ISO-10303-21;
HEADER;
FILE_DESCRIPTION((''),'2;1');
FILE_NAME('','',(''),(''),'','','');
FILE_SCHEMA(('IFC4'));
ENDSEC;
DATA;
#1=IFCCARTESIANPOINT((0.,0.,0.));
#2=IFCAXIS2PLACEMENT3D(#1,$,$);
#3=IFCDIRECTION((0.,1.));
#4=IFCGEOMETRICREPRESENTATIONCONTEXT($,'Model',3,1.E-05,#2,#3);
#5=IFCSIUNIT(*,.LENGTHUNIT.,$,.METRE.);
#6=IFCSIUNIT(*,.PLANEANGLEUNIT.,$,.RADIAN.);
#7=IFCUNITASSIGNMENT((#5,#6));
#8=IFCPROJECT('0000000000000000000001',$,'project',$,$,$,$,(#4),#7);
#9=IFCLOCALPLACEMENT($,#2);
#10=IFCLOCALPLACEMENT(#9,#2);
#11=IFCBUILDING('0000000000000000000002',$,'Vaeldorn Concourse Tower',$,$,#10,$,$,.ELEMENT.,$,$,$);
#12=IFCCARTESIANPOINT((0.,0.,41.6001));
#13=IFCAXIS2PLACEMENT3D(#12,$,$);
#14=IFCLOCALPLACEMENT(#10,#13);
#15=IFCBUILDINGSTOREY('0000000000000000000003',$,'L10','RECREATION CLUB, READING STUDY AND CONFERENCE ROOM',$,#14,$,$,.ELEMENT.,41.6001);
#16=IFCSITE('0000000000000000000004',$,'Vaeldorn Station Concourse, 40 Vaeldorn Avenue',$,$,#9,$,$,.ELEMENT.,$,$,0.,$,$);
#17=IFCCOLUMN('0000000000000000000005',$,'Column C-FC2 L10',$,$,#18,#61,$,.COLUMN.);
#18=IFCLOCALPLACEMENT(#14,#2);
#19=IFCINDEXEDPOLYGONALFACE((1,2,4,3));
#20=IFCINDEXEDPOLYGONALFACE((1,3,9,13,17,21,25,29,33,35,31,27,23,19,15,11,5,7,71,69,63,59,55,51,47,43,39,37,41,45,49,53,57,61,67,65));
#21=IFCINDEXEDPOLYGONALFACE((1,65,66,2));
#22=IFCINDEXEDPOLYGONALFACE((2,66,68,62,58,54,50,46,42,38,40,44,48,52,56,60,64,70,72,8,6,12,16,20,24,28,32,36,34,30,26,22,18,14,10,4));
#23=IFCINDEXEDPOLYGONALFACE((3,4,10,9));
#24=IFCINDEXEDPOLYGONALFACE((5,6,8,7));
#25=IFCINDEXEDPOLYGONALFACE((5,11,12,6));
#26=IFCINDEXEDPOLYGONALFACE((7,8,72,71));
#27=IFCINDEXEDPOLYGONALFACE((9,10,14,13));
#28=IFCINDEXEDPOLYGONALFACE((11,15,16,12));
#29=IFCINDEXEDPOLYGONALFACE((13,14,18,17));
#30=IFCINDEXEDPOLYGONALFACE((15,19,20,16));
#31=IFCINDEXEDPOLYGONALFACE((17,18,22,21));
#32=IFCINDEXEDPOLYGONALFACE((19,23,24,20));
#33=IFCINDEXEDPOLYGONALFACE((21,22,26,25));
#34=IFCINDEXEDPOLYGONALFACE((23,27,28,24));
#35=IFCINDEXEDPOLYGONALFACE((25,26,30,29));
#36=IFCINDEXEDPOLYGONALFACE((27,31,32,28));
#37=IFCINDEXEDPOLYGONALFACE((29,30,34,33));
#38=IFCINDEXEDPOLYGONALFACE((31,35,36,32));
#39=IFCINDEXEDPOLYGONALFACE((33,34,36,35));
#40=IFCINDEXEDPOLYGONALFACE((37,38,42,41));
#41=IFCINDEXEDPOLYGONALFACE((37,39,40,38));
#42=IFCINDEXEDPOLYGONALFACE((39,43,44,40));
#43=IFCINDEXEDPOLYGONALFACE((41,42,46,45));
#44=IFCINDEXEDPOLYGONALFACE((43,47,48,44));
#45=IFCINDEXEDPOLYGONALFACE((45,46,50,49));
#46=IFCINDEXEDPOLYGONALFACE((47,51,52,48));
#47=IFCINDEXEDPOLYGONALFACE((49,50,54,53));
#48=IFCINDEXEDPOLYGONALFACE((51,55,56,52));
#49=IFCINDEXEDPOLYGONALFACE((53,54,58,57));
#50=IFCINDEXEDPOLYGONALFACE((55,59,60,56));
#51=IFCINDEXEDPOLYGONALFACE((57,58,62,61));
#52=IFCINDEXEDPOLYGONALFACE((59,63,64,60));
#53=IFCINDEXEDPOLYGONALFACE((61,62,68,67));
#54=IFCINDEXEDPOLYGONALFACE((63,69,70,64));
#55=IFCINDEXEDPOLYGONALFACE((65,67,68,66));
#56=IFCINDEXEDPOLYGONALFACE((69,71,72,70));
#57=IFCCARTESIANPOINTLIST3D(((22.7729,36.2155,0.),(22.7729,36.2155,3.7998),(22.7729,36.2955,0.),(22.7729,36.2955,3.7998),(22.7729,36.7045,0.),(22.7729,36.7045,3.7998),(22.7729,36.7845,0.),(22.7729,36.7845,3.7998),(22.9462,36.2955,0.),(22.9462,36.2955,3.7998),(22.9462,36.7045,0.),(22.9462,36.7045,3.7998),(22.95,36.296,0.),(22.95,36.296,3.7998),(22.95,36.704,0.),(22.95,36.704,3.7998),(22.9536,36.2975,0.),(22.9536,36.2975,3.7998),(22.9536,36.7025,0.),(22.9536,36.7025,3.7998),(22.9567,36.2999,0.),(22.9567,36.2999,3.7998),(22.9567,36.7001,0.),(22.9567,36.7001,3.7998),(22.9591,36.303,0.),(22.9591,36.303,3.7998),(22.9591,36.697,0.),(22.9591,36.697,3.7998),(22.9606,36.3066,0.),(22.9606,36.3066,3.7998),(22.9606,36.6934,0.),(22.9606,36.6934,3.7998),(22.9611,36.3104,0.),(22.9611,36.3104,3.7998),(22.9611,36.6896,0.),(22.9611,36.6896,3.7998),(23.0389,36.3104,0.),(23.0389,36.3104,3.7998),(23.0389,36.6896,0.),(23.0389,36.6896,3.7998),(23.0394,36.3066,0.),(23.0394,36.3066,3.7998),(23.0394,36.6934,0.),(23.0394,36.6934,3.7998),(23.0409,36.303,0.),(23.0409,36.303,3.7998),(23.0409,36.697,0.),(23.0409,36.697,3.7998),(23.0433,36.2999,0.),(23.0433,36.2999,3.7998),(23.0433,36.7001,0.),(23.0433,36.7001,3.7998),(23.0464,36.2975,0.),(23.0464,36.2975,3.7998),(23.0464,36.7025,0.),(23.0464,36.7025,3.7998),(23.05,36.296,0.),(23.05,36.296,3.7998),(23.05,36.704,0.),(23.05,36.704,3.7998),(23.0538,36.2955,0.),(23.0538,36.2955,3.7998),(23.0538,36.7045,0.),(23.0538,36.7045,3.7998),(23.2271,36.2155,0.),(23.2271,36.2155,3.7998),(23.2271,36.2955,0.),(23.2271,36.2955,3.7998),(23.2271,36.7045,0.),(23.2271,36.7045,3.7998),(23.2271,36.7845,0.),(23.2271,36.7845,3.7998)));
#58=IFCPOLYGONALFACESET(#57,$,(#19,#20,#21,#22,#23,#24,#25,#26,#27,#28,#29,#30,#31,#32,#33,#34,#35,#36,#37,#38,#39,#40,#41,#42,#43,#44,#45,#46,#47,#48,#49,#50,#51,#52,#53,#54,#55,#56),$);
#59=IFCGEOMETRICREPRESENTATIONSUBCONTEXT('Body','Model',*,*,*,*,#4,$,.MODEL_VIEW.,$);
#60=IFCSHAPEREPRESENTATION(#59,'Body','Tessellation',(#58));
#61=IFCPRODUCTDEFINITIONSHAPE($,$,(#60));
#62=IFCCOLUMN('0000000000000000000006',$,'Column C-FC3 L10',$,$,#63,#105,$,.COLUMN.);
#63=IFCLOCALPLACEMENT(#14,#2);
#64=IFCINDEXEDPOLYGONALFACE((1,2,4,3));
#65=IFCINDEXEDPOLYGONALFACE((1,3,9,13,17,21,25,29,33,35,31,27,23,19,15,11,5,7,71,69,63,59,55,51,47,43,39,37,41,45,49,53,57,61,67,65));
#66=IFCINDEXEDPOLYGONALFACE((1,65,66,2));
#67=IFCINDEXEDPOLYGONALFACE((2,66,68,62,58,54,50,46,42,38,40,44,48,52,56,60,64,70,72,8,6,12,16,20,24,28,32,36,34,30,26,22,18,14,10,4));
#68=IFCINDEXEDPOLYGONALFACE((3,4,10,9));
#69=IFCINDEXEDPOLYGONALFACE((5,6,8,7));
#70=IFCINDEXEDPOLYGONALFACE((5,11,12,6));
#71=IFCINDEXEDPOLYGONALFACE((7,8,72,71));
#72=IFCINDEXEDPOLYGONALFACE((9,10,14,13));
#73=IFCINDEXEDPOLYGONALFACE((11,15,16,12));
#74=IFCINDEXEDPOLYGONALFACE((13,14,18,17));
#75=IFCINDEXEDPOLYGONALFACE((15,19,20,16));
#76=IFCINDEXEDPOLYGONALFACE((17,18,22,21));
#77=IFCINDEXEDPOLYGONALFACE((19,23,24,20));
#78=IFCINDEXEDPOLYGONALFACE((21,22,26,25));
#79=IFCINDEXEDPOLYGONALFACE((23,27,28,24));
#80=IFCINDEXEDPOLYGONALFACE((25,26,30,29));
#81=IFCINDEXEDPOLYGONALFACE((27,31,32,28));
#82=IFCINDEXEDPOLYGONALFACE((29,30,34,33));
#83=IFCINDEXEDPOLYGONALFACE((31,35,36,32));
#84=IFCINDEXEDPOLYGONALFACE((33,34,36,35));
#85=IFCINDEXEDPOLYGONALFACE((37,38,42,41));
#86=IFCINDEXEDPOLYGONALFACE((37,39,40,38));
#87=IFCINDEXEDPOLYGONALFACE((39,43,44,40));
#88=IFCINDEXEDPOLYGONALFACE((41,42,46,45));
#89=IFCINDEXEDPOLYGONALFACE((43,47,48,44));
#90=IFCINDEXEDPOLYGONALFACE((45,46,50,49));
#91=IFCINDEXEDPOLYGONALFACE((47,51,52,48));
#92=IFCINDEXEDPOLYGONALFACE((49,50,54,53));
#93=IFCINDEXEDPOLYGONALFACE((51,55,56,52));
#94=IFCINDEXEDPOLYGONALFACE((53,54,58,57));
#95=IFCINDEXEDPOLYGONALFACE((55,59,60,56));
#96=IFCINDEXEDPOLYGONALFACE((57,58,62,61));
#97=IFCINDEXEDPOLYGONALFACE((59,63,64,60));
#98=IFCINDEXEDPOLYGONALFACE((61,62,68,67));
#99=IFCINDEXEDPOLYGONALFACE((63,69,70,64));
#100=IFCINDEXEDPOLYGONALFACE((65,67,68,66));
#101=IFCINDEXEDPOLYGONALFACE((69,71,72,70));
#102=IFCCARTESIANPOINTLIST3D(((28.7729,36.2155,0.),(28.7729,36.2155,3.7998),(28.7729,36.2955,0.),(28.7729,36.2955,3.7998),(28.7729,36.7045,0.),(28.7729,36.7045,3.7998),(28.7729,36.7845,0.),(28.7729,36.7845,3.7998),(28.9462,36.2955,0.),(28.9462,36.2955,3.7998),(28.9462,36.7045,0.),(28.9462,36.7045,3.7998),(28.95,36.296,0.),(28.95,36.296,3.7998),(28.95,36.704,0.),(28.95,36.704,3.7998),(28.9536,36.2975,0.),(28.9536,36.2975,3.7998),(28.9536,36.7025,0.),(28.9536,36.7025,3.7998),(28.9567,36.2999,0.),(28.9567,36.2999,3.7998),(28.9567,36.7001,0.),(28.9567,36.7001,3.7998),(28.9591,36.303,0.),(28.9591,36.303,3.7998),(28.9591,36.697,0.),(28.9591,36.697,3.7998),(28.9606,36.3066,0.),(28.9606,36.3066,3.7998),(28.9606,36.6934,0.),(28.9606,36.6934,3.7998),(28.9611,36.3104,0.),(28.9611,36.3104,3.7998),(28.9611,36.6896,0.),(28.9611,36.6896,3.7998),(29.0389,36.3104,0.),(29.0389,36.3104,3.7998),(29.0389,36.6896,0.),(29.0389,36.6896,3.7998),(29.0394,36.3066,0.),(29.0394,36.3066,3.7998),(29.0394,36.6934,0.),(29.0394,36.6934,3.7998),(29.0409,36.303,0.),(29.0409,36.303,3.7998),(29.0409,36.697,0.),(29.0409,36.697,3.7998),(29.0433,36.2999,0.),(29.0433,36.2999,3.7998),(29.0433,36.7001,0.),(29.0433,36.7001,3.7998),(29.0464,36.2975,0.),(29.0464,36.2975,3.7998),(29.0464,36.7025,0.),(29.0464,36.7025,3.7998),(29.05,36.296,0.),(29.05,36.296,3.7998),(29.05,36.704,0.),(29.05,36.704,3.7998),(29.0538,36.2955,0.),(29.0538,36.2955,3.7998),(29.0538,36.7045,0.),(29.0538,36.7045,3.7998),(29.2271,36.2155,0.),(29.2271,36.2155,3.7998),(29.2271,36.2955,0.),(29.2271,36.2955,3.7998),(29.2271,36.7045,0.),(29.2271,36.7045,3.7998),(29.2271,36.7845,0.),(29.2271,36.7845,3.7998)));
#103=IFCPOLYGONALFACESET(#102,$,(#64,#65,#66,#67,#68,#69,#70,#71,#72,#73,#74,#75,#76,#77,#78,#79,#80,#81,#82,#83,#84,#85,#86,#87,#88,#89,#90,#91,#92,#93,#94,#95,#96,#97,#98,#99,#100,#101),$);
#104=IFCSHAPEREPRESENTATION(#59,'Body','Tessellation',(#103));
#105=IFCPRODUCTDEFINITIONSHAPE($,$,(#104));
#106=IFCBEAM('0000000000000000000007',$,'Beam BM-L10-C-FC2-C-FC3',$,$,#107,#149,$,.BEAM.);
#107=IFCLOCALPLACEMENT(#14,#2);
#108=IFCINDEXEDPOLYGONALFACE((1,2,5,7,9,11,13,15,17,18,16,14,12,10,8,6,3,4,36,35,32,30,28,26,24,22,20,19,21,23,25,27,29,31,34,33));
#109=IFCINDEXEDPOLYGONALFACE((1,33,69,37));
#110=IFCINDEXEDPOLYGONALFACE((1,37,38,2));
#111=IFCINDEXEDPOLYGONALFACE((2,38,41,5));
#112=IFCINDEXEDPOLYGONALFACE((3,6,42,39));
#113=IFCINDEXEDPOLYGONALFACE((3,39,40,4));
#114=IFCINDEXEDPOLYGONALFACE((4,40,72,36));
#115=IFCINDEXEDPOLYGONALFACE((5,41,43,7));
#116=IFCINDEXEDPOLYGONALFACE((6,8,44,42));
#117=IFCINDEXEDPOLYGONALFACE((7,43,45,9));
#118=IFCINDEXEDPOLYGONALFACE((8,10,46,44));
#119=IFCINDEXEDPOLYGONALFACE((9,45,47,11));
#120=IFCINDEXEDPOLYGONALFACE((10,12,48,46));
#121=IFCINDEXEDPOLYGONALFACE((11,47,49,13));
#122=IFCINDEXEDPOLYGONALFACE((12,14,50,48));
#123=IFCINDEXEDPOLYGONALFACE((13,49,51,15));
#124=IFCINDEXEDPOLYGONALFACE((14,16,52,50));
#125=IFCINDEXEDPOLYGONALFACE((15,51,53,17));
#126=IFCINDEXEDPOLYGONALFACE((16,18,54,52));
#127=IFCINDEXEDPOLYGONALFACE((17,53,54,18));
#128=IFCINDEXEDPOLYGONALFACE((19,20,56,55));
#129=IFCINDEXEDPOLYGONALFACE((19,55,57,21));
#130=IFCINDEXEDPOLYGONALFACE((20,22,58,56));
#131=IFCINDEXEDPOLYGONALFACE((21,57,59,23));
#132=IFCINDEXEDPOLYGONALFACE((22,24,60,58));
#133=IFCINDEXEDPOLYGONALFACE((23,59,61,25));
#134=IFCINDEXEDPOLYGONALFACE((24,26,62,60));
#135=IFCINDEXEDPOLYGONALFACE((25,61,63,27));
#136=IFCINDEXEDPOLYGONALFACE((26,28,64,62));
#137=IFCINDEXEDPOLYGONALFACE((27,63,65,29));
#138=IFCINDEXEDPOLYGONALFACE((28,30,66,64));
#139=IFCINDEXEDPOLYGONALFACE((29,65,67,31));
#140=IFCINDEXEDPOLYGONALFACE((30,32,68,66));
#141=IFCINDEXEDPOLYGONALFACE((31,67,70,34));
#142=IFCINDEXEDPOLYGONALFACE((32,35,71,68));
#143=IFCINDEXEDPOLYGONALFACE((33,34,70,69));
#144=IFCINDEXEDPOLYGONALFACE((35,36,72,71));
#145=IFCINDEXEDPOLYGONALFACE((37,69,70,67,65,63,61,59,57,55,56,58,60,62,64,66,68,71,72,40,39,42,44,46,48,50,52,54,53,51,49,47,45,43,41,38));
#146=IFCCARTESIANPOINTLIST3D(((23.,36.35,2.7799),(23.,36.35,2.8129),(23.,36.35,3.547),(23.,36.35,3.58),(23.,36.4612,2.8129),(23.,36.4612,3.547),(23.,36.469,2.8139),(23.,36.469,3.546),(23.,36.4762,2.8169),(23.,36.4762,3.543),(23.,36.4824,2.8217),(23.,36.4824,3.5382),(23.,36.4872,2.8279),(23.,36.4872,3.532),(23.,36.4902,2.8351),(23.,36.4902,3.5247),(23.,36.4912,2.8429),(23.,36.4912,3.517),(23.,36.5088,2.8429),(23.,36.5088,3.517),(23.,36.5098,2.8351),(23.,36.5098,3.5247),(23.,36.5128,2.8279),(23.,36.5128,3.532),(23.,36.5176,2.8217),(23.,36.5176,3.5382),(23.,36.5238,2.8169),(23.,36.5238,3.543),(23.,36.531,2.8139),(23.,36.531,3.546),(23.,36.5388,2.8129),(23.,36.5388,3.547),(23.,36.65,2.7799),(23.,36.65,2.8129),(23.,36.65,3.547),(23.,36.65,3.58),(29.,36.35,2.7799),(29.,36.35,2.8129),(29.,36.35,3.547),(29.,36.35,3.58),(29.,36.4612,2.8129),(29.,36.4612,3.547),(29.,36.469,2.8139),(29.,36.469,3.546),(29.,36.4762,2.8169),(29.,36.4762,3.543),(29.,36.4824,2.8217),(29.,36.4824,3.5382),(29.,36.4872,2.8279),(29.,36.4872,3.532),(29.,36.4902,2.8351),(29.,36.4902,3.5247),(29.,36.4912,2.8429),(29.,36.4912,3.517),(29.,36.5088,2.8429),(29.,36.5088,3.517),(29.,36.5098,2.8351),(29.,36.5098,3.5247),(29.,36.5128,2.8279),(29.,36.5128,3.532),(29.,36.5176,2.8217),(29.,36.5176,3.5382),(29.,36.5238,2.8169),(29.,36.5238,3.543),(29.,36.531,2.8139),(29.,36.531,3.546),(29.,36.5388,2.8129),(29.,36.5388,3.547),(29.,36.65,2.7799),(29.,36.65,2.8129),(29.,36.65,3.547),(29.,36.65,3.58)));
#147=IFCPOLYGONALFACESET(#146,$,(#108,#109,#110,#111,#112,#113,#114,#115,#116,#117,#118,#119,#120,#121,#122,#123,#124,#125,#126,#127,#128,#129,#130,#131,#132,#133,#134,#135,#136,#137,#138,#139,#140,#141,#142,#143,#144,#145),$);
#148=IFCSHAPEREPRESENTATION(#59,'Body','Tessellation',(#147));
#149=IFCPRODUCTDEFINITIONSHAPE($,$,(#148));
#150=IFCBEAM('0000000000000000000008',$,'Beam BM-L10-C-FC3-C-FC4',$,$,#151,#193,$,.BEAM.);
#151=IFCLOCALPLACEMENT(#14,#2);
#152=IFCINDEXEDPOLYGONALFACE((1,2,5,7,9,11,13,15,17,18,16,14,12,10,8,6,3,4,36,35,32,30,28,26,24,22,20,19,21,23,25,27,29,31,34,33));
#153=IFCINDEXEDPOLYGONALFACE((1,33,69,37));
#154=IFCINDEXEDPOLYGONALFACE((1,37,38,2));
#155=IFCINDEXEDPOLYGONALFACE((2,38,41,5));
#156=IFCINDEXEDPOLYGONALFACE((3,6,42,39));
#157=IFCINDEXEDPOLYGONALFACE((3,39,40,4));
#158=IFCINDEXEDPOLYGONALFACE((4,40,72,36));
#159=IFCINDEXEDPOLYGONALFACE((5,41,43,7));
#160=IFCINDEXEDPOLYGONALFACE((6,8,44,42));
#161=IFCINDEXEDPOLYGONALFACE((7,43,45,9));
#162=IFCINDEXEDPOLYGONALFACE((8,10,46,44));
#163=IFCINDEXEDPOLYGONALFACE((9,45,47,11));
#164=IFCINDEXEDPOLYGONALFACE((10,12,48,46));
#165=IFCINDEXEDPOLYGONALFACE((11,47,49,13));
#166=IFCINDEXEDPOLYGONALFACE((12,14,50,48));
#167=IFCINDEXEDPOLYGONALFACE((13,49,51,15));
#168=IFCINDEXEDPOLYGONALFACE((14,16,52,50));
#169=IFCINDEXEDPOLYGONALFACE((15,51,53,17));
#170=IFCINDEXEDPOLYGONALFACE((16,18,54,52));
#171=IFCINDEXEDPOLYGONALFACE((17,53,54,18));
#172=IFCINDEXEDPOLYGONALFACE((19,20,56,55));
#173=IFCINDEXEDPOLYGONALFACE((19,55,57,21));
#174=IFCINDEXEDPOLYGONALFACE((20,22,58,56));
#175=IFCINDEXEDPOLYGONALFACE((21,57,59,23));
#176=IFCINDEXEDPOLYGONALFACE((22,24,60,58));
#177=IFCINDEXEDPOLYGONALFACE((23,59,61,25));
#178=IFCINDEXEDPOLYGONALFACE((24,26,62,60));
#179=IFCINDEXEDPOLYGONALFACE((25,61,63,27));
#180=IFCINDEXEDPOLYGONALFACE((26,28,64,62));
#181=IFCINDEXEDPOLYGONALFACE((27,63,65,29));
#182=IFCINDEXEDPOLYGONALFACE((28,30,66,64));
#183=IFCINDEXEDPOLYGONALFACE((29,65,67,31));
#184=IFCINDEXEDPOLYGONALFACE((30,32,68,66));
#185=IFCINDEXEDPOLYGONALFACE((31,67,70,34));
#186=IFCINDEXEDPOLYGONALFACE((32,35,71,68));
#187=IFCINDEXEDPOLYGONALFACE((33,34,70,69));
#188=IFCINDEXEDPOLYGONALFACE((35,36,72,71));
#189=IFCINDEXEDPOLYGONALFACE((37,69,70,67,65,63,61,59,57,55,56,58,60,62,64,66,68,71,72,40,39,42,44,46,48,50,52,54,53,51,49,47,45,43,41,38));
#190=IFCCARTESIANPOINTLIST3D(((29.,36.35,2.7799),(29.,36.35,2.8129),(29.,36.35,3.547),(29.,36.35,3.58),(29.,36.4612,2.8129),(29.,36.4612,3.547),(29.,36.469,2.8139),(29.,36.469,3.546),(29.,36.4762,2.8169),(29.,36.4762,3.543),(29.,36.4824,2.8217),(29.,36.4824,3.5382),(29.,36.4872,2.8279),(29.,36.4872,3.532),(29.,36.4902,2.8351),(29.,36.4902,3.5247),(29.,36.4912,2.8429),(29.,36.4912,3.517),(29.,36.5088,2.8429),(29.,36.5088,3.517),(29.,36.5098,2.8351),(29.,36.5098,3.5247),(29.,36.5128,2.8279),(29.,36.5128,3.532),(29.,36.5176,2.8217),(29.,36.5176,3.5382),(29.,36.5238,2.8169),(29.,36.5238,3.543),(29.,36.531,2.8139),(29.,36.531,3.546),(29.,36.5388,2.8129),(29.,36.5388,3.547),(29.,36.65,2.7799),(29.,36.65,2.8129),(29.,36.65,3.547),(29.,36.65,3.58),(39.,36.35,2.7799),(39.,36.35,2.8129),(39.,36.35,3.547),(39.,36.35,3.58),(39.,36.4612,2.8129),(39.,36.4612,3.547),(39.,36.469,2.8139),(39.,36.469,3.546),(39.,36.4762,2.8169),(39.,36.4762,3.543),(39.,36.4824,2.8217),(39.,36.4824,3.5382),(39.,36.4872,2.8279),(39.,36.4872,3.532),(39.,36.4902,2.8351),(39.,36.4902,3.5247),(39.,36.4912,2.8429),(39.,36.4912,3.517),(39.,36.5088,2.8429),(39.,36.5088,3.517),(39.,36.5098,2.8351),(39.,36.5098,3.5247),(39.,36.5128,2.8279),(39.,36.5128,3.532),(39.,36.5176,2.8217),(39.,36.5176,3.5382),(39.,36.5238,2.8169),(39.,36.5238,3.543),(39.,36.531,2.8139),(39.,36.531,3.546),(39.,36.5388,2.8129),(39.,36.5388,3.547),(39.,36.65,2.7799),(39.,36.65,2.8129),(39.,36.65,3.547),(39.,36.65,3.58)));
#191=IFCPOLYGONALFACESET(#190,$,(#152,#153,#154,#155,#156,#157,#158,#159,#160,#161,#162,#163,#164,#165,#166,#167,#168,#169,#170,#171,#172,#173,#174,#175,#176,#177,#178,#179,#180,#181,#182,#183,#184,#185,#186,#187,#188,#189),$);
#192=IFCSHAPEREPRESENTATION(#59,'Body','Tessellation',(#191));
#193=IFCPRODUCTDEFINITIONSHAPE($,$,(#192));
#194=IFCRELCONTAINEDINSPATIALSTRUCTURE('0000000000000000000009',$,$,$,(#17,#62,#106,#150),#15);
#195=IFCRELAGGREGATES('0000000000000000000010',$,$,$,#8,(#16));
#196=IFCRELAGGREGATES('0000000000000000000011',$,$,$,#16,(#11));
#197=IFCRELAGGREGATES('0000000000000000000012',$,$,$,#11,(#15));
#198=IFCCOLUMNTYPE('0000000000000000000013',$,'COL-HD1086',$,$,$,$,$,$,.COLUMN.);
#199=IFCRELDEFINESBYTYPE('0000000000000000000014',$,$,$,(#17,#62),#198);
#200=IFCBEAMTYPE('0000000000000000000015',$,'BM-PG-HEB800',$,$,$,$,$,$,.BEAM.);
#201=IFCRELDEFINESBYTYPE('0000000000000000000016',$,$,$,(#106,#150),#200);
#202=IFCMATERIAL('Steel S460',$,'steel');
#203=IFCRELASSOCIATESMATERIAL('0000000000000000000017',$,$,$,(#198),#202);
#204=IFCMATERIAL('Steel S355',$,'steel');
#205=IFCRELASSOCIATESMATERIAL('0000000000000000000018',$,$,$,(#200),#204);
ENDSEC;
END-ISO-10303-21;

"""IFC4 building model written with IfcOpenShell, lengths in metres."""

from ifc_helpers import new_model, si_unit, direction, frame, origin, origin_2d, place, context, subcontext, project, spatial, i_section, extrude, source, transform, mapped, material, material_profile, profile_set, type_object, element, save


model = new_model("IFC4")

# Units and contexts
model_context = context("Model", 3, precision=1e-05, world=origin(), true_north=direction((0.0, 1.0)))
body_context = subcontext(model_context, "Body", "Model", "MODEL_VIEW")
ifc_project = project(units=[si_unit("LENGTHUNIT", "METRE"), si_unit("PLANEANGLEUNIT", "RADIAN")], contexts=[model_context])

# Site, building, storey
site_placement = place(None, origin())
site = spatial("IfcSite", under=ifc_project, at=site_placement, Name="Vaeldorn Station Concourse, 40 Vaeldorn Avenue", CompositionType="ELEMENT", RefElevation=0.0)
building_placement = place(site_placement, origin())
building = spatial("IfcBuilding", under=site, at=building_placement, Name="Vaeldorn Concourse Tower", CompositionType="ELEMENT")
storey_placement = place(building_placement, frame((0.0, 0.0, 41.6001)))
storey = spatial("IfcBuildingStorey", under=building, at=storey_placement, Name="L10", Description="RECREATION CLUB, READING STUDY AND CONFERENCE ROOM", CompositionType="ELEMENT", Elevation=41.6001)

# Columns
ifc_material_1 = material(Name="Steel S460", Category="steel")
ifc_material_profile_1 = material_profile(ifc_material_1, i_section(OverallWidth=0.4541, OverallDepth=0.5691, WebThickness=0.0779, FlangeThickness=0.0801, FilletRadius=0.0149, at=origin_2d()), Name="HD 400x1086")
ifc_profile_set_1 = profile_set([ifc_material_profile_1], Name="Steel S460")
column_type = type_object("IfcColumnType", Name="COL-HD1086", PredefinedType="COLUMN", material=ifc_profile_set_1)
shared_shape_1 = source(origin(), body_context, "Body", "SweptSolid", [
    extrude(i_section(OverallWidth=0.4541, OverallDepth=0.5691, WebThickness=0.0779, FlangeThickness=0.0801, FilletRadius=0.0149, at=origin_2d()), origin(), (0.0, 0.0, 1.0), 3.7998),
])
for number, where, z_axis, x_axis, name in (
    (1, (23.0, 36.5, 0.0), (0.0, 0.0, 1.0), (1.0, 0.0, 0.0), "Column C-FC2 L10"),
    (2, (29.0, 36.5, 0.0), (0.0, 0.0, 1.0), (1.0, 0.0, 0.0), "Column C-FC3 L10"),
):
    element("IfcColumn", number, at=place(storey_placement, frame(where, z_axis=z_axis, x_axis=x_axis)), inside=storey, type_object=column_type, Name=name, PredefinedType="COLUMN", context=body_context, shape_type="MappedRepresentation", body=[
        mapped(shared_shape_1, transform((0.0, 0.0, 0.0), scale=1.0)),
    ])

# Beams
ifc_material_2 = material(Name="Steel S355", Category="steel")
ifc_material_profile_2 = material_profile(ifc_material_2, i_section(OverallWidth=0.3, OverallDepth=0.8, WebThickness=0.0176, FlangeThickness=0.033, FilletRadius=0.03, at=origin_2d()), Name="HEB 800")
ifc_profile_set_2 = profile_set([ifc_material_profile_2], Name="Steel S355")
beam_type_1 = type_object("IfcBeamType", Name="BM-PG-HEB800", PredefinedType="BEAM", material=ifc_profile_set_2)
shared_shape_2 = source(origin(), body_context, "Body", "SweptSolid", [
    extrude(i_section(OverallWidth=0.3, OverallDepth=0.8, WebThickness=0.0176, FlangeThickness=0.033, FilletRadius=0.03, at=origin_2d()), origin(), (0.0, 0.0, 1.0), 6.0),
])
beam_1_placement = place(storey_placement, frame((23.0, 36.5, 3.1799), z_axis=(1.0, 0.0, 0.0), x_axis=(0.0, 1.0, 0.0)))
element("IfcBeam", 3, at=beam_1_placement, inside=storey, type_object=beam_type_1, Name="Beam BM-L10-C-FC2-C-FC3", PredefinedType="BEAM", context=body_context, shape_type="MappedRepresentation", body=[
    mapped(shared_shape_2, transform((0.0, 0.0, 0.0), scale=1.0)),
])
shared_shape_3 = source(origin(), body_context, "Body", "SweptSolid", [
    extrude(i_section(OverallWidth=0.3, OverallDepth=0.8, WebThickness=0.0176, FlangeThickness=0.033, FilletRadius=0.03, at=origin_2d()), origin(), (0.0, 0.0, 1.0), 10.0),
])
beam_2_placement = place(storey_placement, frame((29.0, 36.5, 3.1799), z_axis=(1.0, 0.0, 0.0), x_axis=(0.0, 1.0, 0.0)))
element("IfcBeam", 4, at=beam_2_placement, inside=storey, type_object=beam_type_1, Name="Beam BM-L10-C-FC3-C-FC4", PredefinedType="BEAM", context=body_context, shape_type="MappedRepresentation", body=[
    mapped(shared_shape_3, transform((0.0, 0.0, 0.0), scale=1.0)),
])

save(model, "model.ifc")
